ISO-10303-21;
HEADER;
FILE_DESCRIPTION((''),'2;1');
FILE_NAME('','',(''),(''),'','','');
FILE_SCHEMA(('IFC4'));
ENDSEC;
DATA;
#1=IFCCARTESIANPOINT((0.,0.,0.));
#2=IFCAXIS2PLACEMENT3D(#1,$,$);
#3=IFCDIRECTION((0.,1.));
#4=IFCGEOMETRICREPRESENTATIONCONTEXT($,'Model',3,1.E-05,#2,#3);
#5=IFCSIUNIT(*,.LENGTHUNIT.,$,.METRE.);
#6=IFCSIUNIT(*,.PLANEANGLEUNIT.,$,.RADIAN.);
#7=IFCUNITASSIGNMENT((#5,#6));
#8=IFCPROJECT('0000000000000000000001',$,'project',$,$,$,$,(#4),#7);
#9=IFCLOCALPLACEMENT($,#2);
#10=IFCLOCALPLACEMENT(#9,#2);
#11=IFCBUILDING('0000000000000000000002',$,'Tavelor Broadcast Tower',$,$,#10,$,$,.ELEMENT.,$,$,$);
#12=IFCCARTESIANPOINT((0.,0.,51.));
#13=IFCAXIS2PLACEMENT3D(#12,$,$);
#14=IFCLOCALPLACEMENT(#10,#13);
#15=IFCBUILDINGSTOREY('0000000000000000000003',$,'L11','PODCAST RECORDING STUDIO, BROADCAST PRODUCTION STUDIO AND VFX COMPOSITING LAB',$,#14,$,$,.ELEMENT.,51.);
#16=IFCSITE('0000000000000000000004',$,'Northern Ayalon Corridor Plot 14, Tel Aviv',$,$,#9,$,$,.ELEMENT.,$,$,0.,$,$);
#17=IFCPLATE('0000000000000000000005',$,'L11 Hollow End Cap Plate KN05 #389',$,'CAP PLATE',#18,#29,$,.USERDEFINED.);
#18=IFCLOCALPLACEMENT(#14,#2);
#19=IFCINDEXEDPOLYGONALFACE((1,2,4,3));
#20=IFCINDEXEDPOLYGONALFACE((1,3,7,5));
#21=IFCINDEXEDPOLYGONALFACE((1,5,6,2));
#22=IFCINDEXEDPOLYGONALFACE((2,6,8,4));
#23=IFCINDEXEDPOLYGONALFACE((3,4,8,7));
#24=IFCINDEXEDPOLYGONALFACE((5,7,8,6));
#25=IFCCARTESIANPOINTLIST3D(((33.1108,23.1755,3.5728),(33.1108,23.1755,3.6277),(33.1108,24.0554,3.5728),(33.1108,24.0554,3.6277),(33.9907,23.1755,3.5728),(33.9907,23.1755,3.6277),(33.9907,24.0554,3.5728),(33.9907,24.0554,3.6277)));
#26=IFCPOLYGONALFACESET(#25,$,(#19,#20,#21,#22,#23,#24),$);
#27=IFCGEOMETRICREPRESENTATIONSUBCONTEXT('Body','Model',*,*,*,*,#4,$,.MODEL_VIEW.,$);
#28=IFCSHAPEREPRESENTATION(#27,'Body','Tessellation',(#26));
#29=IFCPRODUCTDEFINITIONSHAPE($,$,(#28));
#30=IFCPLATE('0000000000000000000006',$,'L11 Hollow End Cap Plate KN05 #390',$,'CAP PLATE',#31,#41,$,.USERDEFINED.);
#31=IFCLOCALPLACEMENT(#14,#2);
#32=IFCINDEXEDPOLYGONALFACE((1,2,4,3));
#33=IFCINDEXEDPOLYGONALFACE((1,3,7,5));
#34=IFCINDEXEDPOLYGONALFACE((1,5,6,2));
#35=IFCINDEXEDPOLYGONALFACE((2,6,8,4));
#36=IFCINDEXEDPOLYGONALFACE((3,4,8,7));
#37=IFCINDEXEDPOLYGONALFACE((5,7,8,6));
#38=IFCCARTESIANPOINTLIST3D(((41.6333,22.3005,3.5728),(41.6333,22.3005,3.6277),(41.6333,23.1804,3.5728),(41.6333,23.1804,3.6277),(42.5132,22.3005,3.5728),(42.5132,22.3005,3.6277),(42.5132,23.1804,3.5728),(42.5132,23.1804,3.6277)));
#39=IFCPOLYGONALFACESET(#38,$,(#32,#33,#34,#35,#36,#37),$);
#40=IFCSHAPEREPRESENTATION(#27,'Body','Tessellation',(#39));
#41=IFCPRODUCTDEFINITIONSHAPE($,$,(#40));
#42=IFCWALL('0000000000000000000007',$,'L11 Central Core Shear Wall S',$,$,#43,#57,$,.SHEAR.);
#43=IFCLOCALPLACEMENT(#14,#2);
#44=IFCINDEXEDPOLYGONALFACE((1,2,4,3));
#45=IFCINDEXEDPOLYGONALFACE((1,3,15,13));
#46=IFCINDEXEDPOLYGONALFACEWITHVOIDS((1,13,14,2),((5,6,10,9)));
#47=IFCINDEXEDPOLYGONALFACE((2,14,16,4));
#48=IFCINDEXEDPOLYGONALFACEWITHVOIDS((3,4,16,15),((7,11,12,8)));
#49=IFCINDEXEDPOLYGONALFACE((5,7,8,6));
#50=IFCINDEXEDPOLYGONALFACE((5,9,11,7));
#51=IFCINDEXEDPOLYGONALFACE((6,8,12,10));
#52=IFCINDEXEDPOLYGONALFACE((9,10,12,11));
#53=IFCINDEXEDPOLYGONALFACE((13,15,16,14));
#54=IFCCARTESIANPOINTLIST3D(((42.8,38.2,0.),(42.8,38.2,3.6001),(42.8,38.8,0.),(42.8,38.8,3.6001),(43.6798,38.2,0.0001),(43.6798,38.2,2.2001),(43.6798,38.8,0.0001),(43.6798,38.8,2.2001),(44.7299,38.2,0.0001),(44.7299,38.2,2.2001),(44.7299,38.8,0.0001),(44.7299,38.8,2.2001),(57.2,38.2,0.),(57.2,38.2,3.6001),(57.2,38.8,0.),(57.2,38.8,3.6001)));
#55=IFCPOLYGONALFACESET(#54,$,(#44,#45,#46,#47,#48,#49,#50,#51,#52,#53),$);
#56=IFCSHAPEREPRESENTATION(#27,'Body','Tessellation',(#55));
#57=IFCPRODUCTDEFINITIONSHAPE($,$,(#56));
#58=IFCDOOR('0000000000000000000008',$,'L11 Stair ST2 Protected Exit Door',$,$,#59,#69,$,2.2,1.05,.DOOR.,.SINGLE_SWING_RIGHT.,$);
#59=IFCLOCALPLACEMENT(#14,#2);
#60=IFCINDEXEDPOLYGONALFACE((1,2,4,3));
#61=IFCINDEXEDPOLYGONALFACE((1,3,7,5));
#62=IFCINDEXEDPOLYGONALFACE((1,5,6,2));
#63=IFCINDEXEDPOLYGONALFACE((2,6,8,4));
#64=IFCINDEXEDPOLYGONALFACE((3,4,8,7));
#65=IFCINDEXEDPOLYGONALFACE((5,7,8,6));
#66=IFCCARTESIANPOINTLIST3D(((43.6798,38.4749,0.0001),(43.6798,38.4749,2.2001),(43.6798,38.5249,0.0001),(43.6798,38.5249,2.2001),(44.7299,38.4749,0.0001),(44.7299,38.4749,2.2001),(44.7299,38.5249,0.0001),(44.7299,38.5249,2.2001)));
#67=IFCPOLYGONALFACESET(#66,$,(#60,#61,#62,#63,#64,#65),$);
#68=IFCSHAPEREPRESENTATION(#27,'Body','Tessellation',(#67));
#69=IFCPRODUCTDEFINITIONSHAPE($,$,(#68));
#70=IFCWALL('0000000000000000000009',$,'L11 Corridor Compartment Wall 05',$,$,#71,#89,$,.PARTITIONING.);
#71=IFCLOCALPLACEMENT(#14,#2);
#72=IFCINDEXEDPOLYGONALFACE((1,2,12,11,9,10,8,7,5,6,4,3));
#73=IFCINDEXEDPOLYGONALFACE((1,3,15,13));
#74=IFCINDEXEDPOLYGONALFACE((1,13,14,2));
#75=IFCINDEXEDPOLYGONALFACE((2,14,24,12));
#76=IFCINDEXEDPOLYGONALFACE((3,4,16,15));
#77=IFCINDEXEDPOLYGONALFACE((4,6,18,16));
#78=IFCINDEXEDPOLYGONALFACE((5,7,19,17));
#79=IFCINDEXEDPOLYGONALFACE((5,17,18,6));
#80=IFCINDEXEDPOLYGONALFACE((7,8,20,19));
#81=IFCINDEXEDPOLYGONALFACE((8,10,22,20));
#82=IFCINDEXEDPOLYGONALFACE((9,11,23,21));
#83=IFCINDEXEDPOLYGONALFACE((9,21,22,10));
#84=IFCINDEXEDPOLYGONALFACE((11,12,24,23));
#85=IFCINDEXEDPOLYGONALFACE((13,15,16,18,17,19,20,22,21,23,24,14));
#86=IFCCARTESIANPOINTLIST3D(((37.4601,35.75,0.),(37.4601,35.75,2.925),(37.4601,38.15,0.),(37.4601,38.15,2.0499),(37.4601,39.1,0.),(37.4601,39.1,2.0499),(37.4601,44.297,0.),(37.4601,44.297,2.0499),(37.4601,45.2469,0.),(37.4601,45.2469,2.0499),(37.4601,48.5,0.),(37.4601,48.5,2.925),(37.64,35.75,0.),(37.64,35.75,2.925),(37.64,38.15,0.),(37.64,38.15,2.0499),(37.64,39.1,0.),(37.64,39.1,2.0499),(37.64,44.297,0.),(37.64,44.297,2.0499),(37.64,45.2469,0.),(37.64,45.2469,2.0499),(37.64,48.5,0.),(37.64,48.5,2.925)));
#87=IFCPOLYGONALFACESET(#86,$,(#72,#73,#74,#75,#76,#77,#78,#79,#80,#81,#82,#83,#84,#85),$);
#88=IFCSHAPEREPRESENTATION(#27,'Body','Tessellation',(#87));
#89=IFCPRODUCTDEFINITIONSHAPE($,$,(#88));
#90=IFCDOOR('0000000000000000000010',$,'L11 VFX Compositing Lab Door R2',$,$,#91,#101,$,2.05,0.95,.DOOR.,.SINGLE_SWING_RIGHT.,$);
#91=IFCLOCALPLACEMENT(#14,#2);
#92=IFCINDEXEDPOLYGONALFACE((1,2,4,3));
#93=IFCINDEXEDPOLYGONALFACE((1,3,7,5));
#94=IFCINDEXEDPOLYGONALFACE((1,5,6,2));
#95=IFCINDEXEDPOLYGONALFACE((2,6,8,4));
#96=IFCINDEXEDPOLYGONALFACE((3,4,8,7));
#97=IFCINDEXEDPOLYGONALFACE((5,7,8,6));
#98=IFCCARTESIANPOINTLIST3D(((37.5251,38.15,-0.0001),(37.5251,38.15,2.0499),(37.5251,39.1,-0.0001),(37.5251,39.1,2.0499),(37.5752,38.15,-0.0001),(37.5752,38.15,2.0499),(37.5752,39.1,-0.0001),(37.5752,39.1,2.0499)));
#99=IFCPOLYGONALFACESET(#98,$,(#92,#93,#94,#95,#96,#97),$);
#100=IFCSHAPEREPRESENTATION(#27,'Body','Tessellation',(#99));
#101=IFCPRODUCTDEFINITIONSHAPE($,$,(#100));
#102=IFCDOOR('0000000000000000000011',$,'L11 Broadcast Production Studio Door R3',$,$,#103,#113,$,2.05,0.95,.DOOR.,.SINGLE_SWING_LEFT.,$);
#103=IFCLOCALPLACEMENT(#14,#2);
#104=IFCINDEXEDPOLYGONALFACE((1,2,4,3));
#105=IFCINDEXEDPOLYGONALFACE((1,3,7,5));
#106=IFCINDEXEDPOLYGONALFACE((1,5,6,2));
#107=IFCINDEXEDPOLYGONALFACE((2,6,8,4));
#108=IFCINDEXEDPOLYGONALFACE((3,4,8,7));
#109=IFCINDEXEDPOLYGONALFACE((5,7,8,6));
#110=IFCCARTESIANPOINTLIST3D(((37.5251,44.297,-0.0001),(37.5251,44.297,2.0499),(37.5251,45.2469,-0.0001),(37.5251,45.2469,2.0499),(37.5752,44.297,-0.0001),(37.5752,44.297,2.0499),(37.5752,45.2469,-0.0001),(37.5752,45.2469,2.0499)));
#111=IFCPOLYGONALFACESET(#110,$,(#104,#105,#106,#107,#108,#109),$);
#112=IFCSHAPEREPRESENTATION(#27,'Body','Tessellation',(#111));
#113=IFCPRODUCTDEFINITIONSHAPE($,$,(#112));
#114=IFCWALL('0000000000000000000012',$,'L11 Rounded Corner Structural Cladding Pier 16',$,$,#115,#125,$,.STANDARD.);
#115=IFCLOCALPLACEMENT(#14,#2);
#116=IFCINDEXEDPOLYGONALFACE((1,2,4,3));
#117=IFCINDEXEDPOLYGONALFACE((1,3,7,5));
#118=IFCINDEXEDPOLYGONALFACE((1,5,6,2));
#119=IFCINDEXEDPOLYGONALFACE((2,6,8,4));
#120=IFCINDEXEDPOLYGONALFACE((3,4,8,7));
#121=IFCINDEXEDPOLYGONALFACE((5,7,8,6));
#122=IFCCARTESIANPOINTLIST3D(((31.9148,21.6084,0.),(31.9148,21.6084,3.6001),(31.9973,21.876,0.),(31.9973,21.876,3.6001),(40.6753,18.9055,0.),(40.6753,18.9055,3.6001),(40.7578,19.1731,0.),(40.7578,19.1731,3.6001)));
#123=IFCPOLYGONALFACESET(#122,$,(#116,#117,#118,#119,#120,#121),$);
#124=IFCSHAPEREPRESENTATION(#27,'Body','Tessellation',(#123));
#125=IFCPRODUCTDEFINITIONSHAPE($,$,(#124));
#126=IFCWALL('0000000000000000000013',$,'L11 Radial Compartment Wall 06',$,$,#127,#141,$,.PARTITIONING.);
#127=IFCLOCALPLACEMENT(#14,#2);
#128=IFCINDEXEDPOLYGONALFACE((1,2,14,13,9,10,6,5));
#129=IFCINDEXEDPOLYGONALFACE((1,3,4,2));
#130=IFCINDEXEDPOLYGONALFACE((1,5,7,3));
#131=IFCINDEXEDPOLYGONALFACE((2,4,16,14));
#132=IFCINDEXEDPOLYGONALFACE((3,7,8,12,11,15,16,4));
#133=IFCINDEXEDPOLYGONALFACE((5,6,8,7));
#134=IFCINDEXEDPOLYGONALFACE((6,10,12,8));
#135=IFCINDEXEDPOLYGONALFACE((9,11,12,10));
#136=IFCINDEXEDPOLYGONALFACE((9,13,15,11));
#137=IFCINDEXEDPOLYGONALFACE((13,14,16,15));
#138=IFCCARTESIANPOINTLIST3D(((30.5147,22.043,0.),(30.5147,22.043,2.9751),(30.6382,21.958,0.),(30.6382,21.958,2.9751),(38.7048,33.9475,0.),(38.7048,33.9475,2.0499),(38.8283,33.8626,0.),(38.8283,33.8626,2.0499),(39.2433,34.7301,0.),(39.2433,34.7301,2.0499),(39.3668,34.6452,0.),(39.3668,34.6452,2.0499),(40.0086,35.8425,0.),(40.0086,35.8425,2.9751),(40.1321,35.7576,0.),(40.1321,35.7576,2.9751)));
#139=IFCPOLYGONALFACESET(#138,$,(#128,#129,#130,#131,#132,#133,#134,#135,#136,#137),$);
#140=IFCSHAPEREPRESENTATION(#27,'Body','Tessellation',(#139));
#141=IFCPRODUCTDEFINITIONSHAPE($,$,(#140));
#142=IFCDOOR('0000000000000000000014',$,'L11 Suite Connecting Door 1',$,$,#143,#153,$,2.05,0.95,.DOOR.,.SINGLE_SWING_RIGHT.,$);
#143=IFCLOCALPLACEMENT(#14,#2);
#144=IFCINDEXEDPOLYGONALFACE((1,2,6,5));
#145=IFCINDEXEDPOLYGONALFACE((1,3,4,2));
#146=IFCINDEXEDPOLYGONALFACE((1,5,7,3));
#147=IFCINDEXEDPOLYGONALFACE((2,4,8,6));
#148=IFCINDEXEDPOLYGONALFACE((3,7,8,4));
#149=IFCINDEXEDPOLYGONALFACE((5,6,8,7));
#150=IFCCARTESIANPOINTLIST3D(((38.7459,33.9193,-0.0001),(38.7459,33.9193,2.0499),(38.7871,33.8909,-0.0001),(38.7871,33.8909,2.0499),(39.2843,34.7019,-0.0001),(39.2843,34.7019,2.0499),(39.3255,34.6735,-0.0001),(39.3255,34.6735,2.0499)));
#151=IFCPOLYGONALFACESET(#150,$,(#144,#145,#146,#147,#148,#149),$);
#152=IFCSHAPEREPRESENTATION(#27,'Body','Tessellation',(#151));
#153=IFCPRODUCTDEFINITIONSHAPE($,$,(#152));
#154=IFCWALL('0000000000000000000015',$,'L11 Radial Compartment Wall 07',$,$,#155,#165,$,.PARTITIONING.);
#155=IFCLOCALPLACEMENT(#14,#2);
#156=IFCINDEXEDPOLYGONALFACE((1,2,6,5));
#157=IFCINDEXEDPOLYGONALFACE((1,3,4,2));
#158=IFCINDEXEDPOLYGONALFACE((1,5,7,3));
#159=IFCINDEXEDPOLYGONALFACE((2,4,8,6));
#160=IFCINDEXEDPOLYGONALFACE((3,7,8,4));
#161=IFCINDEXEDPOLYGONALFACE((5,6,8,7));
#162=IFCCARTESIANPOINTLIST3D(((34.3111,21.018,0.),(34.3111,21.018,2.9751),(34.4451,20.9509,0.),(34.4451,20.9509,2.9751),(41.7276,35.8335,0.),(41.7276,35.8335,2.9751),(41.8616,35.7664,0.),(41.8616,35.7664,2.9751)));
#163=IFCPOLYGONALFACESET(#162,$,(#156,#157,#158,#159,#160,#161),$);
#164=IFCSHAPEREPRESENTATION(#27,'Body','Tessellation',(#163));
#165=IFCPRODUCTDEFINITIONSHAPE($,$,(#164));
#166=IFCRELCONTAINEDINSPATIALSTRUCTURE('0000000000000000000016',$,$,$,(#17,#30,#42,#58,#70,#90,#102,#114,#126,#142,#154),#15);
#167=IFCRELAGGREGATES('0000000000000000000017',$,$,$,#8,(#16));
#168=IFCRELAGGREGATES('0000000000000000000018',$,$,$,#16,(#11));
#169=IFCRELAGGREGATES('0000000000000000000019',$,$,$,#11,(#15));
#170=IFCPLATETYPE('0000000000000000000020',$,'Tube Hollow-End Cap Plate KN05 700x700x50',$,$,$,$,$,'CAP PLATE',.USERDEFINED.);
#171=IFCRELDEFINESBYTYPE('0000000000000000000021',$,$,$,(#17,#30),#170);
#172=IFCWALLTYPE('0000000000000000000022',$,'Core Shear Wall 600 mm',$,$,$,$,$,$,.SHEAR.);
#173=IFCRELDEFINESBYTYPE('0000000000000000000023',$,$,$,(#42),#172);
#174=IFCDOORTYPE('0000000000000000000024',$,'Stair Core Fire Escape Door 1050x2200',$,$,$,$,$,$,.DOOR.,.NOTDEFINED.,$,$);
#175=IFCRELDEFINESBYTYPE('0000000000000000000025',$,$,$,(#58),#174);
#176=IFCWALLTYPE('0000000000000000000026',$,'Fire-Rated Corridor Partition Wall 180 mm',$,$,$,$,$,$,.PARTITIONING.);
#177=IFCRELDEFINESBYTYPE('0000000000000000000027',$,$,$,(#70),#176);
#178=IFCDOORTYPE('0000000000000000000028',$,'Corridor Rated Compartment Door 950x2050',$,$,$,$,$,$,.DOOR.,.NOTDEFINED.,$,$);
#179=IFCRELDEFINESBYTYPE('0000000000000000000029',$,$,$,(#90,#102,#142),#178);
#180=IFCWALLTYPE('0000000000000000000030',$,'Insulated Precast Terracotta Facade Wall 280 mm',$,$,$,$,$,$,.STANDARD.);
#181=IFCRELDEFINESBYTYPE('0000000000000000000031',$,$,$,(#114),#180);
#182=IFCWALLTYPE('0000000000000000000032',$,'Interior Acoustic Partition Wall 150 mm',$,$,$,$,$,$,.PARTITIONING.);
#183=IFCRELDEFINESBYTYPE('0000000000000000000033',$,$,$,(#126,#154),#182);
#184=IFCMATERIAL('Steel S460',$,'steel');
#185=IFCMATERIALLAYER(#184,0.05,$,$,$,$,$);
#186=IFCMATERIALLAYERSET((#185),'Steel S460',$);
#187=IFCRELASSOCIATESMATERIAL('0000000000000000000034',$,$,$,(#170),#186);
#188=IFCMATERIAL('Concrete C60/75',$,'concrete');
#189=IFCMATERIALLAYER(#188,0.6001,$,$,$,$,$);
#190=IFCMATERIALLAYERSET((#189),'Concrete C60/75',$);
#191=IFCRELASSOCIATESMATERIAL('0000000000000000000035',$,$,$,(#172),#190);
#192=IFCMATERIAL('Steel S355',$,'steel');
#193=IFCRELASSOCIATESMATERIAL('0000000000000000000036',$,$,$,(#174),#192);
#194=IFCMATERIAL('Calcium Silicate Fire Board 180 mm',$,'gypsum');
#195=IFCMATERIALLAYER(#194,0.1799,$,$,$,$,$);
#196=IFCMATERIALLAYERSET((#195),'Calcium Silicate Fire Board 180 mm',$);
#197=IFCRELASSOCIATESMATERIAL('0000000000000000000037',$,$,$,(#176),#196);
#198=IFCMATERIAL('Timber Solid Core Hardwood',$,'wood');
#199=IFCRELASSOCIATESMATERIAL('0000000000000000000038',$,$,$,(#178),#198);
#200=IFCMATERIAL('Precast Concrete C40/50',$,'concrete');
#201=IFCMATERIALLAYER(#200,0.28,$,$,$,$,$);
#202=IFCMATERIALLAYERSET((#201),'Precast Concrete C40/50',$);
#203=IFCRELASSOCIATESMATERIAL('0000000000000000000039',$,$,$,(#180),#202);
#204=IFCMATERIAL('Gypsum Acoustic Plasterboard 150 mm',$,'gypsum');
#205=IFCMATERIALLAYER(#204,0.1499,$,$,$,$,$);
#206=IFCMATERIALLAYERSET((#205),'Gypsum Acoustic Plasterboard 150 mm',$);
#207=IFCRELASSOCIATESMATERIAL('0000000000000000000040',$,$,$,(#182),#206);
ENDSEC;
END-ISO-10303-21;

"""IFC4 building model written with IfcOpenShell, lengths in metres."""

from ifc_helpers import new_model, si_unit, direction, frame, frame_2d, origin, origin_2d, place, context, subcontext, project, spatial, rectangle, extrude, source, transform, mapped, material, layer, layer_set, type_object, type_shapes, element, fill, save


model = new_model("IFC4")

# Units and contexts
model_context = context("Model", 3, precision=1e-05, world=origin(), true_north=direction((0.0, 1.0)))
body_context = subcontext(model_context, "Body", "Model", "MODEL_VIEW")
ifc_project = project(units=[si_unit("LENGTHUNIT", "METRE"), si_unit("PLANEANGLEUNIT", "RADIAN")], contexts=[model_context])

# Site, building, storey
site_placement = place(None, origin())
site = spatial("IfcSite", under=ifc_project, at=site_placement, Name="Northern Ayalon Corridor Plot 14, Tel Aviv", CompositionType="ELEMENT", RefElevation=0.0)
building_placement = place(site_placement, origin())
building = spatial("IfcBuilding", under=site, at=building_placement, Name="Tavelor Broadcast Tower", CompositionType="ELEMENT")
storey_placement = place(building_placement, frame((0.0, 0.0, 51.0)))
storey = spatial("IfcBuildingStorey", under=building, at=storey_placement, Name="L11", Description="PODCAST RECORDING STUDIO, BROADCAST PRODUCTION STUDIO AND VFX COMPOSITING LAB", CompositionType="ELEMENT", Elevation=51.0)

# Shared definitions
ifc_material_1 = material(Name="Steel S460", Category="steel")

# Shared definitions
ifc_material_2 = material(Name="Steel S355", Category="steel")

# Plates
ifc_layer_1 = layer(ifc_material_1, 0.05)
ifc_layer_set_1 = layer_set([ifc_layer_1], Name="Steel S460")
plate_type = type_object("IfcPlateType", Name="Tube Hollow-End Cap Plate KN05 700x700x50", ElementType="CAP PLATE", PredefinedType="USERDEFINED", material=ifc_layer_set_1)
shared_shape_1 = source(origin(), body_context, "Body", "SweptSolid", [
    extrude(rectangle(XDim=0.8799, YDim=0.8799, at=origin_2d()), origin(), (0.0, 0.0, 1.0), 0.0549),
])
type_shapes(plate_type, [shared_shape_1])
for number, where, z_axis, x_axis, name in (
    (1, (33.5508, 23.6155, 3.5728), (0.0, 0.0, 1.0), (1.0, 0.0, 0.0), "L11 Hollow End Cap Plate KN05 #389"),
    (2, (42.0732, 22.7405, 3.5728), (0.0, 0.0, 1.0), (1.0, 0.0, 0.0), "L11 Hollow End Cap Plate KN05 #390"),
):
    element("IfcPlate", number, at=place(storey_placement, frame(where, z_axis=z_axis, x_axis=x_axis)), inside=storey, type_object=plate_type, Name=name, ObjectType="CAP PLATE", PredefinedType="USERDEFINED", context=body_context, shape_type="MappedRepresentation", body=[
        mapped(shared_shape_1, transform((0.0, 0.0, 0.0), scale=1.0)),
    ])

# Wall, opening, door
ifc_material_3 = material(Name="Concrete C60/75", Category="concrete")
ifc_layer_2 = layer(ifc_material_3, 0.6001)
ifc_layer_set_2 = layer_set([ifc_layer_2], Name="Concrete C60/75")
wall_type_1 = type_object("IfcWallType", Name="Core Shear Wall 600 mm", PredefinedType="SHEAR", material=ifc_layer_set_2)
wall_1_placement = place(storey_placement, frame((42.8, 38.5, 0.0), z_axis=(0.0, 0.0, 1.0), x_axis=(1.0, 0.0, 0.0)))
wall_1 = element("IfcWall", 3, at=wall_1_placement, inside=storey, type_object=wall_type_1, Name="L11 Central Core Shear Wall S", PredefinedType="SHEAR", context=body_context, shape_type="SweptSolid", body=[
    extrude(rectangle(XDim=14.3999, YDim=0.6001, at=frame_2d((7.2, 0.0))), origin(), (0.0, 0.0, 1.0), 3.6001),
])
opening_1_placement = place(wall_1_placement, frame((0.8799, 0.0, 0.0)))
opening_1 = element("IfcOpeningElement", 4, at=opening_1_placement, cuts=wall_1, PredefinedType="OPENING", context=body_context, shape_type="SweptSolid", body=[
    extrude(rectangle(XDim=1.05, YDim=2.2, at=frame_2d((0.5249, 1.1001))), frame((0.0, 0.3101, 0.0), z_axis=(0.0, -1.0, 0.0), x_axis=(1.0, 0.0, 0.0)), (0.0, 0.0, 1.0), 0.6201),
])
door_type_1 = type_object("IfcDoorType", Name="Stair Core Fire Escape Door 1050x2200", OperationType="NOTDEFINED", PredefinedType="DOOR", material=ifc_material_2)
door_1_placement = place(opening_1_placement, origin())
door_1 = element("IfcDoor", 5, at=door_1_placement, inside=storey, type_object=door_type_1, Name="L11 Stair ST2 Protected Exit Door", OperationType="SINGLE_SWING_RIGHT", OverallHeight=2.2, OverallWidth=1.05, PredefinedType="DOOR", context=body_context, shape_type="SweptSolid", body=[
    extrude(rectangle(XDim=1.05, YDim=2.2, at=frame_2d((0.5249, 1.1001))), frame((0.0, 0.0249, 0.0), z_axis=(0.0, -1.0, 0.0), x_axis=(1.0, 0.0, 0.0)), (0.0, 0.0, 1.0), 0.05),
])
fill(opening_1, door_1)

# Wall, openings, doors
ifc_material_4 = material(Name="Calcium Silicate Fire Board 180 mm", Category="gypsum")
ifc_layer_3 = layer(ifc_material_4, 0.1799)
ifc_layer_set_3 = layer_set([ifc_layer_3], Name="Calcium Silicate Fire Board 180 mm")
wall_type_2 = type_object("IfcWallType", Name="Fire-Rated Corridor Partition Wall 180 mm", PredefinedType="PARTITIONING", material=ifc_layer_set_3)
wall_2_placement = place(storey_placement, frame((37.55, 35.75, 0.0), z_axis=(0.0, 0.0, 1.0), x_axis=(0.0, 1.0, 0.0)))
wall_2 = element("IfcWall", 6, at=wall_2_placement, inside=storey, type_object=wall_type_2, Name="L11 Corridor Compartment Wall 05", PredefinedType="PARTITIONING", context=body_context, shape_type="SweptSolid", body=[
    extrude(rectangle(XDim=12.75, YDim=0.1799, at=frame_2d((6.375, 0.0))), origin(), (0.0, 0.0, 1.0), 2.925),
])
opening_2_placement = place(wall_2_placement, frame((2.3999, 0.0, 0.0)))
opening_2 = element("IfcOpeningElement", 7, at=opening_2_placement, cuts=wall_2, PredefinedType="OPENING", context=body_context, shape_type="SweptSolid", body=[
    extrude(rectangle(XDim=0.95, YDim=2.05, at=frame_2d((0.4751, 1.0249))), frame((0.0, 0.1001, 0.0), z_axis=(0.0, -1.0, 0.0), x_axis=(1.0, 0.0, 0.0)), (0.0, 0.0, 1.0), 0.2),
])
opening_3_placement = place(wall_2_placement, frame((8.5469, 0.0, 0.0)))
opening_3 = element("IfcOpeningElement", 8, at=opening_3_placement, cuts=wall_2, PredefinedType="OPENING", context=body_context, shape_type="SweptSolid", body=[
    extrude(rectangle(XDim=0.95, YDim=2.05, at=frame_2d((0.4751, 1.0249))), frame((0.0, 0.1001, 0.0), z_axis=(0.0, -1.0, 0.0), x_axis=(1.0, 0.0, 0.0)), (0.0, 0.0, 1.0), 0.2),
])
ifc_material_5 = material(Name="Timber Solid Core Hardwood", Category="wood")
door_type_2 = type_object("IfcDoorType", Name="Corridor Rated Compartment Door 950x2050", OperationType="NOTDEFINED", PredefinedType="DOOR", material=ifc_material_5)
door_2_placement = place(opening_2_placement, origin())
door_2 = element("IfcDoor", 9, at=door_2_placement, inside=storey, type_object=door_type_2, Name="L11 VFX Compositing Lab Door R2", OperationType="SINGLE_SWING_RIGHT", OverallHeight=2.05, OverallWidth=0.95, PredefinedType="DOOR", context=body_context, shape_type="SweptSolid", body=[
    extrude(rectangle(XDim=0.95, YDim=2.05, at=frame_2d((0.4751, 1.0249))), frame((0.0, 0.0249, 0.0), z_axis=(0.0, -1.0, 0.0), x_axis=(1.0, 0.0, 0.0)), (0.0, 0.0, 1.0), 0.05),
])
fill(opening_2, door_2)
door_3_placement = place(opening_3_placement, origin())
door_3 = element("IfcDoor", 10, at=door_3_placement, inside=storey, type_object=door_type_2, Name="L11 Broadcast Production Studio Door R3", OperationType="SINGLE_SWING_LEFT", OverallHeight=2.05, OverallWidth=0.95, PredefinedType="DOOR", context=body_context, shape_type="SweptSolid", body=[
    extrude(rectangle(XDim=0.95, YDim=2.05, at=frame_2d((0.4751, 1.0249))), frame((0.0, 0.0249, 0.0), z_axis=(0.0, -1.0, 0.0), x_axis=(1.0, 0.0, 0.0)), (0.0, 0.0, 1.0), 0.05),
])
fill(opening_3, door_3)

# Wall
ifc_material_6 = material(Name="Precast Concrete C40/50", Category="concrete")
ifc_layer_4 = layer(ifc_material_6, 0.28)
ifc_layer_set_4 = layer_set([ifc_layer_4], Name="Precast Concrete C40/50")
wall_type_3 = type_object("IfcWallType", Name="Insulated Precast Terracotta Facade Wall 280 mm", PredefinedType="STANDARD", material=ifc_layer_set_4)
wall_3_placement = place(storey_placement, frame((31.9561, 21.7422, 0.0), z_axis=(0.0, 0.0, 1.0), x_axis=(0.955554, -0.294817, 0.0)))
element("IfcWall", 11, at=wall_3_placement, inside=storey, type_object=wall_type_3, Name="L11 Rounded Corner Structural Cladding Pier 16", PredefinedType="STANDARD", context=body_context, shape_type="SweptSolid", body=[
    extrude(rectangle(XDim=9.168, YDim=0.28, at=frame_2d((4.584, 0.0))), origin(), (0.0, 0.0, 1.0), 3.6001),
])

# Wall, opening, door
ifc_material_7 = material(Name="Gypsum Acoustic Plasterboard 150 mm", Category="gypsum")
ifc_layer_5 = layer(ifc_material_7, 0.1499)
ifc_layer_set_5 = layer_set([ifc_layer_5], Name="Gypsum Acoustic Plasterboard 150 mm")
wall_type_4 = type_object("IfcWallType", Name="Interior Acoustic Partition Wall 150 mm", PredefinedType="PARTITIONING", material=ifc_layer_set_5)
wall_4_placement = place(storey_placement, frame((40.0703, 35.8, 0.0), z_axis=(0.0, 0.0, 1.0), x_axis=(-0.5668, -0.823855, 0.0)))
wall_4 = element("IfcWall", 12, at=wall_4_placement, inside=storey, type_object=wall_type_4, Name="L11 Radial Compartment Wall 06", PredefinedType="PARTITIONING", context=body_context, shape_type="SweptSolid", body=[
    extrude(rectangle(XDim=16.75, YDim=0.1499, at=frame_2d((8.375, 0.0))), origin(), (0.0, 0.0, 1.0), 2.9751),
])
opening_4_placement = place(wall_4_placement, frame((1.3501, 0.0, 0.0)))
opening_4 = element("IfcOpeningElement", 13, at=opening_4_placement, cuts=wall_4, PredefinedType="OPENING", context=body_context, shape_type="SweptSolid", body=[
    extrude(rectangle(XDim=0.95, YDim=2.05, at=frame_2d((0.4751, 1.0249))), frame((0.0, 0.085, 0.0), z_axis=(0.0, -1.0, 0.0), x_axis=(1.0, 0.0, 0.0)), (0.0, 0.0, 1.0), 0.1699),
])
door_4_placement = place(opening_4_placement, origin())
door_4 = element("IfcDoor", 14, at=door_4_placement, inside=storey, type_object=door_type_2, Name="L11 Suite Connecting Door 1", OperationType="SINGLE_SWING_RIGHT", OverallHeight=2.05, OverallWidth=0.95, PredefinedType="DOOR", context=body_context, shape_type="SweptSolid", body=[
    extrude(rectangle(XDim=0.95, YDim=2.05, at=frame_2d((0.4751, 1.0249))), frame((0.0, 0.0249, 0.0), z_axis=(0.0, -1.0, 0.0), x_axis=(1.0, 0.0, 0.0)), (0.0, 0.0, 1.0), 0.05),
])
fill(opening_4, door_4)

# Wall
wall_5_placement = place(storey_placement, frame((41.7947, 35.8, 0.0), z_axis=(0.0, 0.0, 1.0), x_axis=(-0.447638, -0.894215, 0.0)))
element("IfcWall", 15, at=wall_5_placement, inside=storey, type_object=wall_type_4, Name="L11 Radial Compartment Wall 07", PredefinedType="PARTITIONING", context=body_context, shape_type="SweptSolid", body=[
    extrude(rectangle(XDim=16.5681, YDim=0.1499, at=frame_2d((8.2842, 0.0))), origin(), (0.0, 0.0, 1.0), 2.9751),
])

save(model, "model.ifc")
